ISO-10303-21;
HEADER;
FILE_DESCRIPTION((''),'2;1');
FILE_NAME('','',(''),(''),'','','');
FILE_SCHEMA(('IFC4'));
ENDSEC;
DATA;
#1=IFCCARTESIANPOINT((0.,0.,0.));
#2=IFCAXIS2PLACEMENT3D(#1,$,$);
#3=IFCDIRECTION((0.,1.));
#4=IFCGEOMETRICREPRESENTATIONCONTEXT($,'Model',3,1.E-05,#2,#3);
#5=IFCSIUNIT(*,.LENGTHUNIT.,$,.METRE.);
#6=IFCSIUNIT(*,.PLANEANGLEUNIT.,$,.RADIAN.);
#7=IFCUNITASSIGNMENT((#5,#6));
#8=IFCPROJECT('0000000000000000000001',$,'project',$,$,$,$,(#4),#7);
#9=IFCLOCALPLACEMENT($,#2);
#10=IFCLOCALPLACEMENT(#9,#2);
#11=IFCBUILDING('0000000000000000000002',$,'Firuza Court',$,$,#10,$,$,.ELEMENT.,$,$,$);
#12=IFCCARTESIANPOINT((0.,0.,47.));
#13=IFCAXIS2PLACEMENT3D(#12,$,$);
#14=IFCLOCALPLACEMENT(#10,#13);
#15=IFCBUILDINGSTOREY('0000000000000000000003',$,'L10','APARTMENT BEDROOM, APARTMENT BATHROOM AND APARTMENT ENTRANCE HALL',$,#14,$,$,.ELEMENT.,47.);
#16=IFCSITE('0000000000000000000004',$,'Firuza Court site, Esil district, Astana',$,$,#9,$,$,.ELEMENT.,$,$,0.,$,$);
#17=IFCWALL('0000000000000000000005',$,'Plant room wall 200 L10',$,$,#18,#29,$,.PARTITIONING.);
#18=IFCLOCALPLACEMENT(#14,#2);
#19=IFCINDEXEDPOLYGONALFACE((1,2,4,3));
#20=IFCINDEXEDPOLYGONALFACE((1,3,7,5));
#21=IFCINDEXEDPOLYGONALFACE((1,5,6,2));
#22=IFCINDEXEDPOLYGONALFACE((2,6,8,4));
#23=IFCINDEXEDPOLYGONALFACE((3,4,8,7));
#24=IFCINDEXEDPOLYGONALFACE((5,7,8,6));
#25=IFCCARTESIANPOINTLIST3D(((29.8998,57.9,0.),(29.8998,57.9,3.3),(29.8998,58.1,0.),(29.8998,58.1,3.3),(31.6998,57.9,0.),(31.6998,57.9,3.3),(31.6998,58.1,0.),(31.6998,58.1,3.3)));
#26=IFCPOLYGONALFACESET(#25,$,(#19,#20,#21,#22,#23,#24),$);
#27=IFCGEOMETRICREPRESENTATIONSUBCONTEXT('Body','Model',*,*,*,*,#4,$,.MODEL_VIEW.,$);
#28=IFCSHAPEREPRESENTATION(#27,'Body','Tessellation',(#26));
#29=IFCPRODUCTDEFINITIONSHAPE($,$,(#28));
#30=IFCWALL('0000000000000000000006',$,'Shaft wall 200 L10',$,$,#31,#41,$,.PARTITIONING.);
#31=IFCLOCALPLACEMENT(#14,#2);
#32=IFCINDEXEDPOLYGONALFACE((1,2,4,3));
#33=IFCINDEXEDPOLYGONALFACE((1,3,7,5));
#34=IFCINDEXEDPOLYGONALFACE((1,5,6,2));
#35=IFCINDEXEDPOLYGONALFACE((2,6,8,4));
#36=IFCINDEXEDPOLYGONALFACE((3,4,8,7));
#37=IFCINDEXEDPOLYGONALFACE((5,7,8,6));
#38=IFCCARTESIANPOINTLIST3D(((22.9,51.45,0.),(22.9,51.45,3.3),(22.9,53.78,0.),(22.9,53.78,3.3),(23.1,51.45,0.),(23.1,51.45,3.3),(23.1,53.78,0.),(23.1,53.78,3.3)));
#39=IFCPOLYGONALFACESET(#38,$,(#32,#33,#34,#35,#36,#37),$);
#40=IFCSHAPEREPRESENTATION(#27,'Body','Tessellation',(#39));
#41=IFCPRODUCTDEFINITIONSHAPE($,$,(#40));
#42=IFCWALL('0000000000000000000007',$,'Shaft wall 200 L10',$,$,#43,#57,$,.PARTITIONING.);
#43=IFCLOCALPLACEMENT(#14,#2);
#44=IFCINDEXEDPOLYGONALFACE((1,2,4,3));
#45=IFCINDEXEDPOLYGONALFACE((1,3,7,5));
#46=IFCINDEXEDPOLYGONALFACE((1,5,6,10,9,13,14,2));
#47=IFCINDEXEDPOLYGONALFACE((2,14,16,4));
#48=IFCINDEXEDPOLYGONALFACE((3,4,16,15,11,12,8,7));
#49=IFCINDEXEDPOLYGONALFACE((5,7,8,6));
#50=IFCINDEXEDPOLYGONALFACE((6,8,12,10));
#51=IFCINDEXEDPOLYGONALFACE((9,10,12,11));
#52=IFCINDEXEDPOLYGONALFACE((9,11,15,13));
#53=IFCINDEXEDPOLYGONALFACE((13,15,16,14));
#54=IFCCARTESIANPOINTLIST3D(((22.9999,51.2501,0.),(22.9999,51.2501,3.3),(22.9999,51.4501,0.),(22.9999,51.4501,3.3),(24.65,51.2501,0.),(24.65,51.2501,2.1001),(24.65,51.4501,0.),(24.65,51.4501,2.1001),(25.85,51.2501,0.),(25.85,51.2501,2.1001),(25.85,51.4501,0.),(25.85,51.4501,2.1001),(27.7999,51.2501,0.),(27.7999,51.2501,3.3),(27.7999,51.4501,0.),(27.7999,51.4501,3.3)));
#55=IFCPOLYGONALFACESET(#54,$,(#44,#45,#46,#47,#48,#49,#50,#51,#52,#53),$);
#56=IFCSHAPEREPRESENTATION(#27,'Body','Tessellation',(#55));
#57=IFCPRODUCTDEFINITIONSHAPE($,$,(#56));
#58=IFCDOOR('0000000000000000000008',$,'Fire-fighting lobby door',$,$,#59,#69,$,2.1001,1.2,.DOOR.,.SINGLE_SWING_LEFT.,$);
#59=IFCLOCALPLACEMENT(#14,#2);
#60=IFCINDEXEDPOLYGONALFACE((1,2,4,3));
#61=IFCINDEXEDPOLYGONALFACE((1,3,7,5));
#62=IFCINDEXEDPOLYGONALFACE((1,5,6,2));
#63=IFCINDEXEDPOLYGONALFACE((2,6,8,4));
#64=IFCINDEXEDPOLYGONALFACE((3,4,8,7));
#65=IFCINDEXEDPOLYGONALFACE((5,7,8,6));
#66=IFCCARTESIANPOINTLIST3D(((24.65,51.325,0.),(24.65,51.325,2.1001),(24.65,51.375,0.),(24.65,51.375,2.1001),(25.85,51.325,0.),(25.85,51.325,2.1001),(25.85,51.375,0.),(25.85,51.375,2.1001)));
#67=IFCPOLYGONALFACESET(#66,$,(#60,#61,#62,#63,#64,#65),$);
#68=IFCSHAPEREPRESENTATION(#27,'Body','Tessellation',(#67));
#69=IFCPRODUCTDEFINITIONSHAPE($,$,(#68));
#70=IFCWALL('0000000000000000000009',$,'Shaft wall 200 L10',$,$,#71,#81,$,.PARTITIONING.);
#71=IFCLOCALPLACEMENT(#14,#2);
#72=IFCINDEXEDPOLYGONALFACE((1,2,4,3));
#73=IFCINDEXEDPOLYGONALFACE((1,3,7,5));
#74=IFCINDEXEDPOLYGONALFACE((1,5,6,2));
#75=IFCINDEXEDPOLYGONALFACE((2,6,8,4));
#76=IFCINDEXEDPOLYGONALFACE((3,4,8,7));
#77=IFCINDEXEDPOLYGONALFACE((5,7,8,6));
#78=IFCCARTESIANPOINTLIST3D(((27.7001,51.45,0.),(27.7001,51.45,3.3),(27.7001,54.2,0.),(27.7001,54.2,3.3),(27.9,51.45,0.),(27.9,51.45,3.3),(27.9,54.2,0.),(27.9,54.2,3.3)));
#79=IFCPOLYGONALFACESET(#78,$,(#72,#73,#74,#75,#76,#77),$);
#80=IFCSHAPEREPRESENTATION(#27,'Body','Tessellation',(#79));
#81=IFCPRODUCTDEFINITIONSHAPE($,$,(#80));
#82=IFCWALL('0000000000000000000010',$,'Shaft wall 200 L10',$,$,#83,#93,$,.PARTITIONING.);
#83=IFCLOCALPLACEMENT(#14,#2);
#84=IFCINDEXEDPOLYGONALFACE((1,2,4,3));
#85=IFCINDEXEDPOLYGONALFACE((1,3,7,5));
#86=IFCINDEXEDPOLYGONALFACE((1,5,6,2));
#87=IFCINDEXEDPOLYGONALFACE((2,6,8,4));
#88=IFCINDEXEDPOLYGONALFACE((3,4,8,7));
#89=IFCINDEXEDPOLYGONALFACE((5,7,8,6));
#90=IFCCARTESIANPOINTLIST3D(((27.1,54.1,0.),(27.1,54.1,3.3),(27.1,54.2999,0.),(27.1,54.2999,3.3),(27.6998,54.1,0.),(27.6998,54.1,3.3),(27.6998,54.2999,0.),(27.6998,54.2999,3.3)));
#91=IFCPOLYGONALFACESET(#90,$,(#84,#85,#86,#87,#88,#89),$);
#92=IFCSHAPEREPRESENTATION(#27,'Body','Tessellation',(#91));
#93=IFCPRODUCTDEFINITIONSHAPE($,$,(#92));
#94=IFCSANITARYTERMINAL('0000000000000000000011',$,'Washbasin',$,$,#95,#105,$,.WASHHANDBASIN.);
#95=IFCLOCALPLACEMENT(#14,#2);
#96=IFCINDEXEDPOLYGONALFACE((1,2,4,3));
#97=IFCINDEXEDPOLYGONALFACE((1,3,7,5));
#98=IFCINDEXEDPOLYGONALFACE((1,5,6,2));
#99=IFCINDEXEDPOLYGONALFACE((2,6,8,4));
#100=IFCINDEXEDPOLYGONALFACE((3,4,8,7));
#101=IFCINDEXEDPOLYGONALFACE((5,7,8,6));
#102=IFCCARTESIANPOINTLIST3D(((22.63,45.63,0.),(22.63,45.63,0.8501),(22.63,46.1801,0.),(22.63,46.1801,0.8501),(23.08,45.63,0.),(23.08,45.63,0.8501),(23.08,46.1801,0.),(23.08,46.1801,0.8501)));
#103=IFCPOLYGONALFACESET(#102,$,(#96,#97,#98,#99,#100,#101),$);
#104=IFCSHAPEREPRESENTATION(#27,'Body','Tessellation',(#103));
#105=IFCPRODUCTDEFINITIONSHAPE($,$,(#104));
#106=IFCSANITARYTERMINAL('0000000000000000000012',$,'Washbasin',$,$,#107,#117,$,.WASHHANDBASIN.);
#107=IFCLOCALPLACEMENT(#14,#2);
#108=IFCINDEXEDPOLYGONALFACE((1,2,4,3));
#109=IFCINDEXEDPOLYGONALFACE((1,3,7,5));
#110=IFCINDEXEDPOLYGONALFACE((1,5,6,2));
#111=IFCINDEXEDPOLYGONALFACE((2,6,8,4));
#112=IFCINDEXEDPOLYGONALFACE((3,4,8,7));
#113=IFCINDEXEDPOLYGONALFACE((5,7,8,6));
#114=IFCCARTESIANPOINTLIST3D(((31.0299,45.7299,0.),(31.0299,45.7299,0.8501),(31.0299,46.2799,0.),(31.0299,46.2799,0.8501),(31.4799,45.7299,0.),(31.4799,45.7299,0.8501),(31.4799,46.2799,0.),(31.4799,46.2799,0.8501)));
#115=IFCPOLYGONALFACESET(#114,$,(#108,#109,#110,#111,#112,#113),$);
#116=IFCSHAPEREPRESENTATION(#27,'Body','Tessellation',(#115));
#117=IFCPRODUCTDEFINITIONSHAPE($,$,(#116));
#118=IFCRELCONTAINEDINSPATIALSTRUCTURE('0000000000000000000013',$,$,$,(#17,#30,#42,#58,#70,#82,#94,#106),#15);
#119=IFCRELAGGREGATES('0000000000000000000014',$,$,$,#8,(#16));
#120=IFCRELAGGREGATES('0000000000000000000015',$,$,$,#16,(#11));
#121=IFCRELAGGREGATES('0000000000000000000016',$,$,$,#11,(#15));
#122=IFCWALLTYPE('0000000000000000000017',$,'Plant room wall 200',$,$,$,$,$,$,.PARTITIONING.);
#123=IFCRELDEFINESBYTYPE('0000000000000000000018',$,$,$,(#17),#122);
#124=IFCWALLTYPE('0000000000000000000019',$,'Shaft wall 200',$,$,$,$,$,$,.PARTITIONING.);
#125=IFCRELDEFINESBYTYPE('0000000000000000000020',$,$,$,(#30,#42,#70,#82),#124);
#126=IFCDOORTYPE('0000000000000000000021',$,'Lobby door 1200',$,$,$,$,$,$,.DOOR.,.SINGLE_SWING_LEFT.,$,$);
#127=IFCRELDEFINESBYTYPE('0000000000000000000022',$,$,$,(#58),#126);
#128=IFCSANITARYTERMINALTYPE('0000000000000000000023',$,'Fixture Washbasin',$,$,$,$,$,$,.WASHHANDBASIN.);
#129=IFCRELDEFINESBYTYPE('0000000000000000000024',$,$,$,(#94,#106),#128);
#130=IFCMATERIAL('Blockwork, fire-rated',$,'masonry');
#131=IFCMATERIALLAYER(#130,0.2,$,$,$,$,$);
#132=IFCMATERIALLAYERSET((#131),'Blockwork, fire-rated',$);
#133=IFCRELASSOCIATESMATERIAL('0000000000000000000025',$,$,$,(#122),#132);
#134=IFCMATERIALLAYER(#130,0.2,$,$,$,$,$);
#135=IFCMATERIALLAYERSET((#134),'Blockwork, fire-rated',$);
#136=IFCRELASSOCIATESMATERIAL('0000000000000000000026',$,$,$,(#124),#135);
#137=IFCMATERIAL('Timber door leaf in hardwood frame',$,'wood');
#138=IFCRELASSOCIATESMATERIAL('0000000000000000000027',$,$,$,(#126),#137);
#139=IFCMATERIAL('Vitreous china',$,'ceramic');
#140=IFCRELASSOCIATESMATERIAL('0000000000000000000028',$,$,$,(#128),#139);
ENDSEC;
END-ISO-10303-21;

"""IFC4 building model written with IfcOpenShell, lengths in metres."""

from ifc_helpers import new_model, si_unit, direction, frame, frame_2d, origin, origin_2d, place, context, subcontext, project, spatial, rectangle, extrude, material, layer, layer_set, type_object, element, fill, save


model = new_model("IFC4")

# Units and contexts
model_context = context("Model", 3, precision=1e-05, world=origin(), true_north=direction((0.0, 1.0)))
body_context = subcontext(model_context, "Body", "Model", "MODEL_VIEW")
ifc_project = project(units=[si_unit("LENGTHUNIT", "METRE"), si_unit("PLANEANGLEUNIT", "RADIAN")], contexts=[model_context])

# Site, building, storey
site_placement = place(None, origin())
site = spatial("IfcSite", under=ifc_project, at=site_placement, Name="Firuza Court site, Esil district, Astana", CompositionType="ELEMENT", RefElevation=0.0)
building_placement = place(site_placement, origin())
building = spatial("IfcBuilding", under=site, at=building_placement, Name="Firuza Court", CompositionType="ELEMENT")
storey_placement = place(building_placement, frame((0.0, 0.0, 47.0)))
storey = spatial("IfcBuildingStorey", under=building, at=storey_placement, Name="L10", Description="APARTMENT BEDROOM, APARTMENT BATHROOM AND APARTMENT ENTRANCE HALL", CompositionType="ELEMENT", Elevation=47.0)

# Shared definitions
ifc_material_1 = material(Name="Blockwork, fire-rated", Category="masonry")
ifc_layer_1 = layer(ifc_material_1, 0.2)
ifc_layer_set_1 = layer_set([ifc_layer_1], Name="Blockwork, fire-rated")
wall_type_1 = type_object("IfcWallType", Name="Plant room wall 200", PredefinedType="PARTITIONING", material=ifc_layer_set_1)

# Walls
wall_1_placement = place(storey_placement, frame((29.8999, 58.0, 0.0), z_axis=(0.0, 0.0, 1.0), x_axis=(1.0, 0.0, 0.0)))
element("IfcWall", 1, at=wall_1_placement, inside=storey, type_object=wall_type_1, Name="Plant room wall 200 L10", PredefinedType="PARTITIONING", context=body_context, shape_type="SweptSolid", body=[
    extrude(rectangle(XDim=1.8, YDim=0.2, at=frame_2d((0.8999, 0.0))), origin(), (0.0, 0.0, 1.0), 3.3),
])
ifc_layer_2 = layer(ifc_material_1, 0.2)
ifc_layer_set_2 = layer_set([ifc_layer_2], Name="Blockwork, fire-rated")
wall_type_2 = type_object("IfcWallType", Name="Shaft wall 200", PredefinedType="PARTITIONING", material=ifc_layer_set_2)
wall_2_placement = place(storey_placement, frame((23.0, 51.45, 0.0), z_axis=(0.0, 0.0, 1.0), x_axis=(0.0, 1.0, 0.0)))
element("IfcWall", 2, at=wall_2_placement, inside=storey, type_object=wall_type_2, Name="Shaft wall 200 L10", PredefinedType="PARTITIONING", context=body_context, shape_type="SweptSolid", body=[
    extrude(rectangle(XDim=2.3301, YDim=0.2, at=frame_2d((1.165, 0.0))), origin(), (0.0, 0.0, 1.0), 3.3),
])

# Wall, opening, door
wall_3_placement = place(storey_placement, frame((23.0, 51.3501, 0.0), z_axis=(0.0, 0.0, 1.0), x_axis=(1.0, 0.0, 0.0)))
wall_3 = element("IfcWall", 3, at=wall_3_placement, inside=storey, type_object=wall_type_2, Name="Shaft wall 200 L10", PredefinedType="PARTITIONING", context=body_context, shape_type="SweptSolid", body=[
    extrude(rectangle(XDim=4.8, YDim=0.2, at=frame_2d((2.3999, 0.0))), origin(), (0.0, 0.0, 1.0), 3.3),
])
opening_1_placement = place(wall_3_placement, frame((1.6499, 0.0, 0.0)))
opening_1 = element("IfcOpeningElement", 4, at=opening_1_placement, cuts=wall_3, PredefinedType="OPENING", context=body_context, shape_type="SweptSolid", body=[
    extrude(rectangle(XDim=1.2, YDim=2.1001, at=frame_2d((0.6001, 1.05))), frame((0.0, 0.1118, 0.0), z_axis=(0.0, -1.0, 0.0), x_axis=(1.0, 0.0, 0.0)), (0.0, 0.0, 1.0), 0.2239),
])
ifc_material_2 = material(Name="Timber door leaf in hardwood frame", Category="wood")
door_type_1 = type_object("IfcDoorType", Name="Lobby door 1200", OperationType="SINGLE_SWING_LEFT", PredefinedType="DOOR", material=ifc_material_2)
door_1_placement = place(opening_1_placement, origin())
door_1 = element("IfcDoor", 5, at=door_1_placement, inside=storey, type_object=door_type_1, Name="Fire-fighting lobby door", OperationType="SINGLE_SWING_LEFT", OverallHeight=2.1001, OverallWidth=1.2, PredefinedType="DOOR", context=body_context, shape_type="SweptSolid", body=[
    extrude(rectangle(XDim=1.2, YDim=2.1001, at=frame_2d((0.6001, 1.05))), frame((0.0, 0.0249, 0.0), z_axis=(0.0, -1.0, 0.0), x_axis=(1.0, 0.0, 0.0)), (0.0, 0.0, 1.0), 0.05),
])
fill(opening_1, door_1)

# Walls
wall_4_placement = place(storey_placement, frame((27.8, 51.45, 0.0), z_axis=(0.0, 0.0, 1.0), x_axis=(0.0, 1.0, 0.0)))
element("IfcWall", 6, at=wall_4_placement, inside=storey, type_object=wall_type_2, Name="Shaft wall 200 L10", PredefinedType="PARTITIONING", context=body_context, shape_type="SweptSolid", body=[
    extrude(rectangle(XDim=2.75, YDim=0.2, at=frame_2d((1.375, 0.0))), origin(), (0.0, 0.0, 1.0), 3.3),
])
wall_5_placement = place(storey_placement, frame((27.1001, 54.2, 0.0), z_axis=(0.0, 0.0, 1.0), x_axis=(1.0, 0.0, 0.0)))
element("IfcWall", 7, at=wall_5_placement, inside=storey, type_object=wall_type_2, Name="Shaft wall 200 L10", PredefinedType="PARTITIONING", context=body_context, shape_type="SweptSolid", body=[
    extrude(rectangle(XDim=0.5999, YDim=0.2, at=frame_2d((0.2998, 0.0))), origin(), (0.0, 0.0, 1.0), 3.3),
])

# Sanitary terminals
ifc_material_3 = material(Name="Vitreous china", Category="ceramic")
sanitary_terminal_type = type_object("IfcSanitaryTerminalType", Name="Fixture Washbasin", PredefinedType="WASHHANDBASIN", material=ifc_material_3)
for number, where, z_axis, x_axis, name in (
    (8, (22.855, 45.905, 0.0), (0.0, 0.0, 1.0), (1.0, 0.0, 0.0), "Washbasin"),
    (9, (31.2549, 46.0049, 0.0), (0.0, 0.0, 1.0), (1.0, 0.0, 0.0), "Washbasin"),
):
    element("IfcSanitaryTerminal", number, at=place(storey_placement, frame(where, z_axis=z_axis, x_axis=x_axis)), inside=storey, type_object=sanitary_terminal_type, Name=name, PredefinedType="WASHHANDBASIN", context=body_context, shape_type="SweptSolid", body=[
        extrude(rectangle(XDim=0.45, YDim=0.55, at=origin_2d()), origin(), (0.0, 0.0, 1.0), 0.8501),
    ])

save(model, "model.ifc")
